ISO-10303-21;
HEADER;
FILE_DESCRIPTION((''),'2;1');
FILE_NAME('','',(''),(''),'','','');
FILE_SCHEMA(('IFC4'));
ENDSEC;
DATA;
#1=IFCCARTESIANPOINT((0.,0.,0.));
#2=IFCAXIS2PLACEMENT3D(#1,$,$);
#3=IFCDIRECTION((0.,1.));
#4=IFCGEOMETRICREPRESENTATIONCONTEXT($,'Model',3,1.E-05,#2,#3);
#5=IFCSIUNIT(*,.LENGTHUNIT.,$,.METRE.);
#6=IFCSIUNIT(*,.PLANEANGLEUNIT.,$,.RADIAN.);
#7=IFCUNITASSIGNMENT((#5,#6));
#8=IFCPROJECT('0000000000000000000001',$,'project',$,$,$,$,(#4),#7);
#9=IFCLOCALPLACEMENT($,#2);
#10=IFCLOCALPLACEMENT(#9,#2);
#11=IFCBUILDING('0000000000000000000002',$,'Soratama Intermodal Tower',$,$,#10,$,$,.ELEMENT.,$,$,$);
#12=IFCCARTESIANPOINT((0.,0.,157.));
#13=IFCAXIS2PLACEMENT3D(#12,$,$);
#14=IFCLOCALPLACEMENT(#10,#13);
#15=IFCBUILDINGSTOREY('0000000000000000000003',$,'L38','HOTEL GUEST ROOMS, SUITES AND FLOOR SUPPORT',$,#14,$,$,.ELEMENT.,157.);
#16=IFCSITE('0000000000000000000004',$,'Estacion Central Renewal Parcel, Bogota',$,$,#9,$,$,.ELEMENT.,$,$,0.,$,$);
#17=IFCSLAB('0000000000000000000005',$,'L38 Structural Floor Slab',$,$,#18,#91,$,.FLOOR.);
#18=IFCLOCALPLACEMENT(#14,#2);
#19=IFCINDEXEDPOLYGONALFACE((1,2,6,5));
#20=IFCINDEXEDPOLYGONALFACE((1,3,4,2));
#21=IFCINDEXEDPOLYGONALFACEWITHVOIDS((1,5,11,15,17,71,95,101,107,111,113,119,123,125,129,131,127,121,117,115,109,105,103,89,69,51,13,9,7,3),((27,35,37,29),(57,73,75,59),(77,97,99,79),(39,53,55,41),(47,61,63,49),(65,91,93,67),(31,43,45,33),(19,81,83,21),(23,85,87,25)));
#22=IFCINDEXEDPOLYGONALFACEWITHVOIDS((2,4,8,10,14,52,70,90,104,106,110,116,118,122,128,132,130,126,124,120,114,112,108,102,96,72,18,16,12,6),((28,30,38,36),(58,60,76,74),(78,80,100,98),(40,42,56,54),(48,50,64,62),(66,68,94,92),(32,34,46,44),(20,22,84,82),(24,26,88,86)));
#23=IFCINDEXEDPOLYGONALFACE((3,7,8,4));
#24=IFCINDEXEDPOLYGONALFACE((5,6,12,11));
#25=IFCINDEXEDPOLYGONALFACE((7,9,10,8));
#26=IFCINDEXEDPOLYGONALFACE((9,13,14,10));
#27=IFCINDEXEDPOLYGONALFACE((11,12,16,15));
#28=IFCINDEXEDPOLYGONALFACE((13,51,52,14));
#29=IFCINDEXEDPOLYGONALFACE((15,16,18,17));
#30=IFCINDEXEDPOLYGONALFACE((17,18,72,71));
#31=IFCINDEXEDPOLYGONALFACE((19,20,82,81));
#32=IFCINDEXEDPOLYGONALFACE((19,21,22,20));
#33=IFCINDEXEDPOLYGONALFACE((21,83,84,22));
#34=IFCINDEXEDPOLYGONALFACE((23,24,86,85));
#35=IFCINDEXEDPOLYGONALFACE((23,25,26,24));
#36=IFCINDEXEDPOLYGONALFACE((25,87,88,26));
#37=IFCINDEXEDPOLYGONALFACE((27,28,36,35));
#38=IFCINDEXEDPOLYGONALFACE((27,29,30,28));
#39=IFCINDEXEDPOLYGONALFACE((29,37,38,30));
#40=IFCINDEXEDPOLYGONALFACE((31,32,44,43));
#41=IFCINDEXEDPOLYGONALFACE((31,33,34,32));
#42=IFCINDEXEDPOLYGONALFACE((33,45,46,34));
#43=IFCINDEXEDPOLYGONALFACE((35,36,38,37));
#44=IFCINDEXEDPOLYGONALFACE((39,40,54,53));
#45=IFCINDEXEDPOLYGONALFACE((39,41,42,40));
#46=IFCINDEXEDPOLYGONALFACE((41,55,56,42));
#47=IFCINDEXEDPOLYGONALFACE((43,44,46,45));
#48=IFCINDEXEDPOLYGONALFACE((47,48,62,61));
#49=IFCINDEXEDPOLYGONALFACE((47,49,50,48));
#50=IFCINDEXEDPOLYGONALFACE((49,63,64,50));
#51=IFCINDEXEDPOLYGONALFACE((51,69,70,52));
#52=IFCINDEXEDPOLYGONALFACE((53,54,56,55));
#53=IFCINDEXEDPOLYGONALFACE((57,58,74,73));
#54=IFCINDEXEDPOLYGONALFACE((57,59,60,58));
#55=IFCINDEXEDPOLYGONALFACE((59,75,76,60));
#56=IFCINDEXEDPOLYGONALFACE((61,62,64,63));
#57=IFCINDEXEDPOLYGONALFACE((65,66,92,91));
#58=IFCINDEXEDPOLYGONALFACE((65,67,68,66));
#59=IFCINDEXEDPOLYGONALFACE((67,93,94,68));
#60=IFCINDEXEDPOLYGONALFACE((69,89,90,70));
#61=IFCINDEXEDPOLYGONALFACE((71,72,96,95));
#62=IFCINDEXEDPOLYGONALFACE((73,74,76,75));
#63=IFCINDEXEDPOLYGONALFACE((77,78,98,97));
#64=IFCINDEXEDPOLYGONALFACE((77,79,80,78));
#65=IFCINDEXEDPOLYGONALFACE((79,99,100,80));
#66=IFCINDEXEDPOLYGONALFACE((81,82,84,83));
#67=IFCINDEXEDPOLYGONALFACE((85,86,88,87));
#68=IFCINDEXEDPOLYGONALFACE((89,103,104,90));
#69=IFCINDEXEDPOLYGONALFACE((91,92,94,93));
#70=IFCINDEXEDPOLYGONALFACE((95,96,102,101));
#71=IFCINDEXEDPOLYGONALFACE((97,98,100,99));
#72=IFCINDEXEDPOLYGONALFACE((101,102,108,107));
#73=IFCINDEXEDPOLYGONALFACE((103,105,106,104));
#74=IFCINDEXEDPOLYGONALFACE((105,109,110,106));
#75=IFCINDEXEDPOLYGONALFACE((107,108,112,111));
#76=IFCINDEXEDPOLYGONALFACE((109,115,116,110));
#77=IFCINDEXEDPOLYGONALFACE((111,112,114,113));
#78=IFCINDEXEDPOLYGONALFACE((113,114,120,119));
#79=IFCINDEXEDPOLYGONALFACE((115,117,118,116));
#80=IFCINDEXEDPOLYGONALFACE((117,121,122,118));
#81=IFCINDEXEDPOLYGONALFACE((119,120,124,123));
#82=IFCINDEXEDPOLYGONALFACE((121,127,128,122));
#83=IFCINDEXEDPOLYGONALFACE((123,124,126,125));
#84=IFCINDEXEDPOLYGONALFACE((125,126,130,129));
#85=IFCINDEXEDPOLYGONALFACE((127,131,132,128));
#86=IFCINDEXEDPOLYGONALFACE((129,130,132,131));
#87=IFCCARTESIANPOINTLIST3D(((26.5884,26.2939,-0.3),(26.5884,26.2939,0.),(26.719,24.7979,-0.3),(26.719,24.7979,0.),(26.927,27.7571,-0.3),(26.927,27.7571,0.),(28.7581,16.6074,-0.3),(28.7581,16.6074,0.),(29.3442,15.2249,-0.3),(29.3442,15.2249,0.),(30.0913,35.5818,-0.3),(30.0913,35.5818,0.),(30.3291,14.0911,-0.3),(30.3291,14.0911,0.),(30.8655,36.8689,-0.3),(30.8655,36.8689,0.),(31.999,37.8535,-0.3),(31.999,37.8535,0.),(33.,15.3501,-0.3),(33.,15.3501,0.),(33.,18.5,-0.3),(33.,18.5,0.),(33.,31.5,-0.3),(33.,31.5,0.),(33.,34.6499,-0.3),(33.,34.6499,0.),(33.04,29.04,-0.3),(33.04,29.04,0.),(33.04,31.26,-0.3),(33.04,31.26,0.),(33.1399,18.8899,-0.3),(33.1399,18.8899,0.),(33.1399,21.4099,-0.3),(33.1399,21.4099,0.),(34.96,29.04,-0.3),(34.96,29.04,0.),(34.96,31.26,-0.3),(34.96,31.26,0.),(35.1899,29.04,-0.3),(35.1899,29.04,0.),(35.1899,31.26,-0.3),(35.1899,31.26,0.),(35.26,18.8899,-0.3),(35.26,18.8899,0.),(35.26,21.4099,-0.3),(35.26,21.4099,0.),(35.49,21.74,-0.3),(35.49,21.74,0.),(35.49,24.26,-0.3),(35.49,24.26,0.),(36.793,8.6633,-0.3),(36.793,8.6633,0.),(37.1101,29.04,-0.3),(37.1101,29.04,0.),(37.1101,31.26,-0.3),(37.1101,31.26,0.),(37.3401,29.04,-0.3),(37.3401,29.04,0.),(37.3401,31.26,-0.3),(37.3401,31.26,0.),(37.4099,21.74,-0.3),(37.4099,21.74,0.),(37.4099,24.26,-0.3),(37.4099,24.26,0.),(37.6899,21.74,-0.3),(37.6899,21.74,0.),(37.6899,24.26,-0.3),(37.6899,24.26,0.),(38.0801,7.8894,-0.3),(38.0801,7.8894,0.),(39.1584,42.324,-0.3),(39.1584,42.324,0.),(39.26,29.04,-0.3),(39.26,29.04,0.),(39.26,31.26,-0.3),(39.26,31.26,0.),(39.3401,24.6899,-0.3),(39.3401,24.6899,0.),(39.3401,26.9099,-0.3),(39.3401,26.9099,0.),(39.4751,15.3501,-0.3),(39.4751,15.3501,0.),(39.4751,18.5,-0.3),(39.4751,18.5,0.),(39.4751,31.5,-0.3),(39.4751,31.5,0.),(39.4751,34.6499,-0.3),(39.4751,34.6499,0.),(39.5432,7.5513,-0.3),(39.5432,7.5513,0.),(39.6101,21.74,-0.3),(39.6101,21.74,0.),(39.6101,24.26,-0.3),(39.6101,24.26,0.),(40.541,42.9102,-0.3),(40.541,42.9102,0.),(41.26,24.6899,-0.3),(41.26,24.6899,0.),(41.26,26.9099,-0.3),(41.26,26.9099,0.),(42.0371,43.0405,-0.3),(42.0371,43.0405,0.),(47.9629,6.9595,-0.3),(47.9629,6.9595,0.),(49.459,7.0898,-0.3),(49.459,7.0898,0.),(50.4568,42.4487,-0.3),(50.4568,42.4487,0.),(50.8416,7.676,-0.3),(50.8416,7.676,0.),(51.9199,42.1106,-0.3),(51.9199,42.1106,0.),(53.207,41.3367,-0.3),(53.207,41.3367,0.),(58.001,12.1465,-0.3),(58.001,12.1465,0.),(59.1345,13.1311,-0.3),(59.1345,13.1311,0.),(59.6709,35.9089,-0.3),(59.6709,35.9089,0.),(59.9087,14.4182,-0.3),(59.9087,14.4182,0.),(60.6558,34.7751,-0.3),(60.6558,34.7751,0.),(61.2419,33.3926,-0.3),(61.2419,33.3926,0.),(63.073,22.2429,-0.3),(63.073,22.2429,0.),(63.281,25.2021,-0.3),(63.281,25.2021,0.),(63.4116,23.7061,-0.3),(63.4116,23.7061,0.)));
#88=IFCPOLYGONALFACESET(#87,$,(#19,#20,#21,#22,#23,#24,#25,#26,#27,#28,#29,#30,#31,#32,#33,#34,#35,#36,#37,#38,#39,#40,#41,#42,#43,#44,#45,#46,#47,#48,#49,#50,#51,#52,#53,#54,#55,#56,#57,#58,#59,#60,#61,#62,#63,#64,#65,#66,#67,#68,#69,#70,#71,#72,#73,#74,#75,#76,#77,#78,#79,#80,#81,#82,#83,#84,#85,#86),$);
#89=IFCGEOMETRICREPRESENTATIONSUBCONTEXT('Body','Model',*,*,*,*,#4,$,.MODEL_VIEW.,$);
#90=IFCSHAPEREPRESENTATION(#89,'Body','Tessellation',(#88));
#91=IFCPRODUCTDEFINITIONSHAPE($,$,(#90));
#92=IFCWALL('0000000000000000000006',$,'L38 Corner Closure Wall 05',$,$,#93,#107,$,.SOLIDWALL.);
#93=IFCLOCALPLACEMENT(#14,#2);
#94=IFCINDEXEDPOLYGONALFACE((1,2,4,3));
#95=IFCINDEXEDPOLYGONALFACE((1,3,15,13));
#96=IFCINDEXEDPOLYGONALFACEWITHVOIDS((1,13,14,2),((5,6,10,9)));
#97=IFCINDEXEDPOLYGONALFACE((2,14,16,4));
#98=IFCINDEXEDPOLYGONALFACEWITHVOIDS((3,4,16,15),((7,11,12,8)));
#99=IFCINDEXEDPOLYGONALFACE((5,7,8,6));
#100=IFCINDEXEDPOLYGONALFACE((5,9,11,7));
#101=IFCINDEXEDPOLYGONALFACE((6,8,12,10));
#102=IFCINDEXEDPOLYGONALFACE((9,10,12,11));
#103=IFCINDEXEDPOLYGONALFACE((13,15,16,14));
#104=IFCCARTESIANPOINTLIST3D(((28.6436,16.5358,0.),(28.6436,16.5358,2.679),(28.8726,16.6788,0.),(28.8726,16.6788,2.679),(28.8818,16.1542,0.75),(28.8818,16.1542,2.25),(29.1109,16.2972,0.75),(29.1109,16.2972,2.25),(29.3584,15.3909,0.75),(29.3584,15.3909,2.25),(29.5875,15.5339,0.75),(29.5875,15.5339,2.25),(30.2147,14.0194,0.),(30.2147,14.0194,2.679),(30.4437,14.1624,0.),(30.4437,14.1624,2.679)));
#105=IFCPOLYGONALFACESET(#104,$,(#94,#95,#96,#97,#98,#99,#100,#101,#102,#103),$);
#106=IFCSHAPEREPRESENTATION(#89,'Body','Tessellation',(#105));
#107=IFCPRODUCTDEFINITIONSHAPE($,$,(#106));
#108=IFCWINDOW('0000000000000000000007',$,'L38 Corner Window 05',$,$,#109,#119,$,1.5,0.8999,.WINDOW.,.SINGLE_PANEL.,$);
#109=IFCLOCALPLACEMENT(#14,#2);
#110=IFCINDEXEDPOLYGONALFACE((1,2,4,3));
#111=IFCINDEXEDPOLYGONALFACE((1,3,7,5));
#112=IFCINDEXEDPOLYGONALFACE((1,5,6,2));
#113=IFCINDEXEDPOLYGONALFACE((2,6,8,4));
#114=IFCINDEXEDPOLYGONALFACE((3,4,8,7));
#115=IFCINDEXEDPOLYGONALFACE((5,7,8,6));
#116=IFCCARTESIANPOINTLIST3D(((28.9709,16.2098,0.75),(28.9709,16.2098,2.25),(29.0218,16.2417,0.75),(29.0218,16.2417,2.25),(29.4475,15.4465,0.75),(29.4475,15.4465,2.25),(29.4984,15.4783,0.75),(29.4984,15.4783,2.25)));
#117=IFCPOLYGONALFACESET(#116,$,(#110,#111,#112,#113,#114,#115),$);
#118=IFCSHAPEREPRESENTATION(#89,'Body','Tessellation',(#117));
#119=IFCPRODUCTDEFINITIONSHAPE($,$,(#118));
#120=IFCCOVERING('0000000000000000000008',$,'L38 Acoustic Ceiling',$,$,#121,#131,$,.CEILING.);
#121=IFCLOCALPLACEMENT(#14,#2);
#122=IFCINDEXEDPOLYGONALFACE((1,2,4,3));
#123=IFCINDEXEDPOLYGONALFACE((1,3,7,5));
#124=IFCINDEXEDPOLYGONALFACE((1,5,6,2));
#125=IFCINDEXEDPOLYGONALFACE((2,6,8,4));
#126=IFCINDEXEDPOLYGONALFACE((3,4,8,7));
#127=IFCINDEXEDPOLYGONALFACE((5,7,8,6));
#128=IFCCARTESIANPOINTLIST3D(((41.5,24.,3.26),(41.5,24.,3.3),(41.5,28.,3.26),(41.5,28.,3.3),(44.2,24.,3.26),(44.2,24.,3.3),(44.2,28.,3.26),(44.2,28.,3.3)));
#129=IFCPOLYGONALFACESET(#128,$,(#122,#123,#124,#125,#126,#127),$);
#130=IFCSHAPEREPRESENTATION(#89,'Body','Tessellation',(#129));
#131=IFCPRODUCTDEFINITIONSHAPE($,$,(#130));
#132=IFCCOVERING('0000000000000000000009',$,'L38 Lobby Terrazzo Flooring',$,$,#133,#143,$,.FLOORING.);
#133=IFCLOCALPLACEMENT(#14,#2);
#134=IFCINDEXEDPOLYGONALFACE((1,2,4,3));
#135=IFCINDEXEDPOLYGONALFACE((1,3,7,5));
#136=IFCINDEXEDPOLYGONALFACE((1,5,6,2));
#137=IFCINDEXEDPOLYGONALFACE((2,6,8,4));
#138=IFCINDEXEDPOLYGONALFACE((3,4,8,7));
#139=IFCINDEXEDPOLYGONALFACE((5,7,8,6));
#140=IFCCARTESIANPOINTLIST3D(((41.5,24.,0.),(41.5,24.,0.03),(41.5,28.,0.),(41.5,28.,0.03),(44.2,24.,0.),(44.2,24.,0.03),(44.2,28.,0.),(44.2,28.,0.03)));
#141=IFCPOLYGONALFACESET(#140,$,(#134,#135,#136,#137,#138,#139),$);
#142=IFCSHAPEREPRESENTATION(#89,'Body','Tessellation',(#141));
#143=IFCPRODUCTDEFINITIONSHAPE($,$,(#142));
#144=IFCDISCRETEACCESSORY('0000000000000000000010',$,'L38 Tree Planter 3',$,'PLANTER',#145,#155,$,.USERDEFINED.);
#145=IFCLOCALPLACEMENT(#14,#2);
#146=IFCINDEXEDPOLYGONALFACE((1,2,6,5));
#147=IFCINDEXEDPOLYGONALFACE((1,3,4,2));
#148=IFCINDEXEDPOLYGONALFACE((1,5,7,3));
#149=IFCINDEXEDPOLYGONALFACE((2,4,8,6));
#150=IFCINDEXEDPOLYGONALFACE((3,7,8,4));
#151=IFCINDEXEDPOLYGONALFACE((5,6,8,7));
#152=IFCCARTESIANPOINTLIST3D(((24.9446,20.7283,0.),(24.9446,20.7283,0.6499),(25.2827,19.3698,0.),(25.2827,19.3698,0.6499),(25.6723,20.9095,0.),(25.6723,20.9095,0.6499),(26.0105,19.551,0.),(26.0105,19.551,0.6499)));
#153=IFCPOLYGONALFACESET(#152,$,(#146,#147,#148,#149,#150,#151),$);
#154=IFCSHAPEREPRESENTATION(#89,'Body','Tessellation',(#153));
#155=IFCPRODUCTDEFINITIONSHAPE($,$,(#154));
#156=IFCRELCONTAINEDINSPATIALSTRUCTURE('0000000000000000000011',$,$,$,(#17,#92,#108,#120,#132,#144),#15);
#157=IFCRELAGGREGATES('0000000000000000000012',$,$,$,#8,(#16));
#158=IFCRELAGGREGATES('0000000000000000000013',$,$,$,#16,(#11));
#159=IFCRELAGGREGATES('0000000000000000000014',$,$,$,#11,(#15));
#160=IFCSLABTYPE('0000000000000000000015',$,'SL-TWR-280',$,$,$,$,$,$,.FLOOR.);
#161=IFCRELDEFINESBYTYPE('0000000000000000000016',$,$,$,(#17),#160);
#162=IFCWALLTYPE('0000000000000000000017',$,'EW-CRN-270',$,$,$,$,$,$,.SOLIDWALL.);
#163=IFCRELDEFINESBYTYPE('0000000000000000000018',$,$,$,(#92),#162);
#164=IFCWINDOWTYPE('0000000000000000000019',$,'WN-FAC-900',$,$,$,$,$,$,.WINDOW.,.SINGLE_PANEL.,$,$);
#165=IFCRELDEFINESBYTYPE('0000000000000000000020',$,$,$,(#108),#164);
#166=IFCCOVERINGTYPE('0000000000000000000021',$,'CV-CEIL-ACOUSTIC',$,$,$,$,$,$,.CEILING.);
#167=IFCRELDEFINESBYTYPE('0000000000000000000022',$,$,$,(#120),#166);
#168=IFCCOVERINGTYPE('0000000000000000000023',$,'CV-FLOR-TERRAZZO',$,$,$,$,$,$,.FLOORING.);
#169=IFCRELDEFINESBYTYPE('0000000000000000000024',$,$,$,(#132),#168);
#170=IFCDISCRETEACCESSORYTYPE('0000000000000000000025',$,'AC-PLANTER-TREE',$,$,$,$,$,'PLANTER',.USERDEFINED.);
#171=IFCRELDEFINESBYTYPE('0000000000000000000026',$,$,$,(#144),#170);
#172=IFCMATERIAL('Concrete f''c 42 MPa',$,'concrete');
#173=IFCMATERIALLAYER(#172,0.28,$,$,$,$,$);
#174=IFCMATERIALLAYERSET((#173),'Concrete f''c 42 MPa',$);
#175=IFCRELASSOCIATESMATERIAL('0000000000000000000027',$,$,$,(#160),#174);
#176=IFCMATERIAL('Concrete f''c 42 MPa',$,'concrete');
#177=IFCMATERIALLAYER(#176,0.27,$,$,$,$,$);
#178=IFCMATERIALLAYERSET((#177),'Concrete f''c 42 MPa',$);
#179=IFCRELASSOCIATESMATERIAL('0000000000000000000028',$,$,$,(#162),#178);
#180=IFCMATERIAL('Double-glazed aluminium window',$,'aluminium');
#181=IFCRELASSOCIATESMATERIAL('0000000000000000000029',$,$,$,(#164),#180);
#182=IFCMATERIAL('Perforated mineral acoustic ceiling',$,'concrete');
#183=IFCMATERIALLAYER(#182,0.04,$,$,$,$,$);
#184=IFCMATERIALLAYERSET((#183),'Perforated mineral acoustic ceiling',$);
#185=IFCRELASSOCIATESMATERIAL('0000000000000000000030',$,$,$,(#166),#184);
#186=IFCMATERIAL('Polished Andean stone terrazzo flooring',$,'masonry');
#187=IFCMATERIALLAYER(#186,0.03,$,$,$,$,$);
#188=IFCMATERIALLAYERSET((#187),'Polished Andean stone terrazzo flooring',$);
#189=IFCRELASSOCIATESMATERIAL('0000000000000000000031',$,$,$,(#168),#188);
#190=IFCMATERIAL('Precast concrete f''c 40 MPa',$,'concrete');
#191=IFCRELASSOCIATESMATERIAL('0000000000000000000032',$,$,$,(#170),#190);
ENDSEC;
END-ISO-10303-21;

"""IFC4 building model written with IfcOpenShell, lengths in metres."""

from ifc_helpers import new_model, si_unit, direction, frame, frame_2d, origin, origin_2d, place, context, subcontext, project, spatial, polyline, rectangle, outline, extrude, material, layer, layer_set, type_object, element, fill, save


model = new_model("IFC4")

# Units and contexts
model_context = context("Model", 3, precision=1e-05, world=origin(), true_north=direction((0.0, 1.0)))
body_context = subcontext(model_context, "Body", "Model", "MODEL_VIEW")
ifc_project = project(units=[si_unit("LENGTHUNIT", "METRE"), si_unit("PLANEANGLEUNIT", "RADIAN")], contexts=[model_context])

# Site, building, storey
site_placement = place(None, origin())
site = spatial("IfcSite", under=ifc_project, at=site_placement, Name="Estacion Central Renewal Parcel, Bogota", CompositionType="ELEMENT", RefElevation=0.0)
building_placement = place(site_placement, origin())
building = spatial("IfcBuilding", under=site, at=building_placement, Name="Soratama Intermodal Tower", CompositionType="ELEMENT")
storey_placement = place(building_placement, frame((0.0, 0.0, 157.0)))
storey = spatial("IfcBuildingStorey", under=building, at=storey_placement, Name="L38", Description="HOTEL GUEST ROOMS, SUITES AND FLOOR SUPPORT", CompositionType="ELEMENT", Elevation=157.0)

# Slab
ifc_material_1 = material(Name="Concrete f'c 42 MPa", Category="concrete")
ifc_layer_1 = layer(ifc_material_1, 0.28)
ifc_layer_set_1 = layer_set([ifc_layer_1], Name="Concrete f'c 42 MPa")
slab_type_1 = type_object("IfcSlabType", Name="SL-TWR-280", PredefinedType="FLOOR", material=ifc_layer_set_1)
slab_1_placement = place(storey_placement, frame((0.0, 0.0, -0.3)))
element("IfcSlab", 1, at=slab_1_placement, inside=storey, type_object=slab_type_1, Name="L38 Structural Floor Slab", PredefinedType="FLOOR", context=body_context, shape_type="SweptSolid", body=[
    extrude(outline(polyline([(61.2419, 33.3926), (60.6558, 34.7751), (59.6709, 35.9089), (53.207, 41.3367), (51.9199, 42.1106), (50.4568, 42.4487), (42.0371, 43.0405), (40.541, 42.9102), (39.1584, 42.324), (31.999, 37.8535), (30.8655, 36.8689), (30.0913, 35.5818), (26.927, 27.7571), (26.5884, 26.2939), (26.719, 24.7979), (28.7581, 16.6074), (29.3442, 15.2249), (30.3291, 14.0911), (36.793, 8.6633), (38.0801, 7.8894), (39.5432, 7.5513), (47.9629, 6.9595), (49.459, 7.0898), (50.8416, 7.676), (58.001, 12.1465), (59.1345, 13.1311), (59.9087, 14.4182), (63.073, 22.2429), (63.4116, 23.7061), (63.281, 25.2021), (61.2419, 33.3926)]), holes=[polyline([(33.0, 18.5), (33.0, 15.3501), (39.4751, 15.3501), (39.4751, 18.5), (33.0, 18.5)]), polyline([(35.26, 21.4099), (33.1399, 21.4099), (33.1399, 18.8899), (35.26, 18.8899), (35.26, 21.4099)]), polyline([(37.4099, 24.26), (35.49, 24.26), (35.49, 21.74), (37.4099, 21.74), (37.4099, 24.26)]), polyline([(39.6101, 24.26), (37.6899, 24.26), (37.6899, 21.74), (39.6101, 21.74), (39.6101, 24.26)]), polyline([(41.26, 26.9099), (39.3401, 26.9099), (39.3401, 24.6899), (41.26, 24.6899), (41.26, 26.9099)]), polyline([(34.96, 31.26), (33.04, 31.26), (33.04, 29.04), (34.96, 29.04), (34.96, 31.26)]), polyline([(37.1101, 31.26), (35.1899, 31.26), (35.1899, 29.04), (37.1101, 29.04), (37.1101, 31.26)]), polyline([(39.26, 29.04), (39.26, 31.26), (37.3401, 31.26), (37.3401, 29.04), (39.26, 29.04)]), polyline([(39.4751, 34.6499), (33.0, 34.6499), (33.0, 31.5), (39.4751, 31.5), (39.4751, 34.6499)])]), origin(), (0.0, 0.0, 1.0), 0.3),
])

# Wall, opening, window
ifc_material_2 = material(Name="Concrete f'c 42 MPa", Category="concrete")
ifc_layer_2 = layer(ifc_material_2, 0.27)
ifc_layer_set_2 = layer_set([ifc_layer_2], Name="Concrete f'c 42 MPa")
wall_type = type_object("IfcWallType", Name="EW-CRN-270", PredefinedType="SOLIDWALL", material=ifc_layer_set_2)
wall_placement = place(storey_placement, frame((28.7581, 16.6074, 0.0), z_axis=(0.0, 0.0, 1.0), x_axis=(0.529592, -0.848253, 0.0)))
wall = element("IfcWall", 2, at=wall_placement, inside=storey, type_object=wall_type, Name="L38 Corner Closure Wall 05", PredefinedType="SOLIDWALL", context=body_context, shape_type="SweptSolid", body=[
    extrude(rectangle(XDim=2.9666, YDim=0.27, at=frame_2d((1.4834, 0.0))), origin(), (0.0, 0.0, 1.0), 2.679),
])
opening_placement = place(wall_placement, frame((0.45, 0.0, 0.75)))
opening = element("IfcOpeningElement", 3, at=opening_placement, cuts=wall, PredefinedType="OPENING", context=body_context, shape_type="SweptSolid", body=[
    extrude(rectangle(XDim=0.8999, YDim=1.5, at=frame_2d((0.45, 0.75))), frame((0.0, 0.145, 0.0), z_axis=(0.0, -1.0, 0.0), x_axis=(1.0, 0.0, 0.0)), (0.0, 0.0, 1.0), 0.29),
])
ifc_material_3 = material(Name="Double-glazed aluminium window", Category="aluminium")
window_type = type_object("IfcWindowType", Name="WN-FAC-900", PartitioningType="SINGLE_PANEL", PredefinedType="WINDOW", material=ifc_material_3)
window_placement = place(opening_placement, origin())
window = element("IfcWindow", 4, at=window_placement, inside=storey, type_object=window_type, Name="L38 Corner Window 05", OverallHeight=1.5, OverallWidth=0.8999, PartitioningType="SINGLE_PANEL", PredefinedType="WINDOW", context=body_context, shape_type="SweptSolid", body=[
    extrude(rectangle(XDim=0.8999, YDim=1.5, at=frame_2d((0.45, 0.75))), frame((0.0, 0.03, 0.0), z_axis=(0.0, -1.0, 0.0), x_axis=(1.0, 0.0, 0.0)), (0.0, 0.0, 1.0), 0.0601),
])
fill(opening, window)

# Coverings
ifc_material_4 = material(Name="Perforated mineral acoustic ceiling", Category="concrete")
ifc_layer_3 = layer(ifc_material_4, 0.04)
ifc_layer_set_3 = layer_set([ifc_layer_3], Name="Perforated mineral acoustic ceiling")
covering_type_1 = type_object("IfcCoveringType", Name="CV-CEIL-ACOUSTIC", PredefinedType="CEILING", material=ifc_layer_set_3)
covering_1_placement = place(storey_placement, frame((0.0, 0.0, 3.26)))
element("IfcCovering", 5, at=covering_1_placement, inside=storey, type_object=covering_type_1, Name="L38 Acoustic Ceiling", PredefinedType="CEILING", context=body_context, shape_type="SweptSolid", body=[
    extrude(outline(polyline([(41.5, 24.0), (44.2, 24.0), (44.2, 28.0), (41.5, 28.0), (41.5, 24.0)])), origin(), (0.0, 0.0, 1.0), 0.04),
])
ifc_material_5 = material(Name="Polished Andean stone terrazzo flooring", Category="masonry")
ifc_layer_4 = layer(ifc_material_5, 0.03)
ifc_layer_set_4 = layer_set([ifc_layer_4], Name="Polished Andean stone terrazzo flooring")
covering_type_2 = type_object("IfcCoveringType", Name="CV-FLOR-TERRAZZO", PredefinedType="FLOORING", material=ifc_layer_set_4)
covering_2_placement = place(storey_placement, origin())
element("IfcCovering", 6, at=covering_2_placement, inside=storey, type_object=covering_type_2, Name="L38 Lobby Terrazzo Flooring", PredefinedType="FLOORING", context=body_context, shape_type="SweptSolid", body=[
    extrude(outline(polyline([(41.5, 24.0), (44.2, 24.0), (44.2, 28.0), (41.5, 28.0), (41.5, 24.0)])), origin(), (0.0, 0.0, 1.0), 0.03),
])

# Discrete accessory
ifc_material_6 = material(Name="Precast concrete f'c 40 MPa", Category="concrete")
discrete_accessory_type = type_object("IfcDiscreteAccessoryType", Name="AC-PLANTER-TREE", ElementType="PLANTER", PredefinedType="USERDEFINED", material=ifc_material_6)
discrete_accessory_placement = place(storey_placement, frame((25.4775, 20.1396, 0.0), z_axis=(0.0, 0.0, 1.0), x_axis=(-0.97038, -0.241583, 0.0)))
element("IfcDiscreteAccessory", 7, at=discrete_accessory_placement, inside=storey, type_object=discrete_accessory_type, Name="L38 Tree Planter 3", ObjectType="PLANTER", PredefinedType="USERDEFINED", context=body_context, shape_type="SweptSolid", body=[
    extrude(rectangle(XDim=0.75, YDim=1.3999, at=origin_2d()), origin(), (0.0, 0.0, 1.0), 0.6499),
])

save(model, "model.ifc")
